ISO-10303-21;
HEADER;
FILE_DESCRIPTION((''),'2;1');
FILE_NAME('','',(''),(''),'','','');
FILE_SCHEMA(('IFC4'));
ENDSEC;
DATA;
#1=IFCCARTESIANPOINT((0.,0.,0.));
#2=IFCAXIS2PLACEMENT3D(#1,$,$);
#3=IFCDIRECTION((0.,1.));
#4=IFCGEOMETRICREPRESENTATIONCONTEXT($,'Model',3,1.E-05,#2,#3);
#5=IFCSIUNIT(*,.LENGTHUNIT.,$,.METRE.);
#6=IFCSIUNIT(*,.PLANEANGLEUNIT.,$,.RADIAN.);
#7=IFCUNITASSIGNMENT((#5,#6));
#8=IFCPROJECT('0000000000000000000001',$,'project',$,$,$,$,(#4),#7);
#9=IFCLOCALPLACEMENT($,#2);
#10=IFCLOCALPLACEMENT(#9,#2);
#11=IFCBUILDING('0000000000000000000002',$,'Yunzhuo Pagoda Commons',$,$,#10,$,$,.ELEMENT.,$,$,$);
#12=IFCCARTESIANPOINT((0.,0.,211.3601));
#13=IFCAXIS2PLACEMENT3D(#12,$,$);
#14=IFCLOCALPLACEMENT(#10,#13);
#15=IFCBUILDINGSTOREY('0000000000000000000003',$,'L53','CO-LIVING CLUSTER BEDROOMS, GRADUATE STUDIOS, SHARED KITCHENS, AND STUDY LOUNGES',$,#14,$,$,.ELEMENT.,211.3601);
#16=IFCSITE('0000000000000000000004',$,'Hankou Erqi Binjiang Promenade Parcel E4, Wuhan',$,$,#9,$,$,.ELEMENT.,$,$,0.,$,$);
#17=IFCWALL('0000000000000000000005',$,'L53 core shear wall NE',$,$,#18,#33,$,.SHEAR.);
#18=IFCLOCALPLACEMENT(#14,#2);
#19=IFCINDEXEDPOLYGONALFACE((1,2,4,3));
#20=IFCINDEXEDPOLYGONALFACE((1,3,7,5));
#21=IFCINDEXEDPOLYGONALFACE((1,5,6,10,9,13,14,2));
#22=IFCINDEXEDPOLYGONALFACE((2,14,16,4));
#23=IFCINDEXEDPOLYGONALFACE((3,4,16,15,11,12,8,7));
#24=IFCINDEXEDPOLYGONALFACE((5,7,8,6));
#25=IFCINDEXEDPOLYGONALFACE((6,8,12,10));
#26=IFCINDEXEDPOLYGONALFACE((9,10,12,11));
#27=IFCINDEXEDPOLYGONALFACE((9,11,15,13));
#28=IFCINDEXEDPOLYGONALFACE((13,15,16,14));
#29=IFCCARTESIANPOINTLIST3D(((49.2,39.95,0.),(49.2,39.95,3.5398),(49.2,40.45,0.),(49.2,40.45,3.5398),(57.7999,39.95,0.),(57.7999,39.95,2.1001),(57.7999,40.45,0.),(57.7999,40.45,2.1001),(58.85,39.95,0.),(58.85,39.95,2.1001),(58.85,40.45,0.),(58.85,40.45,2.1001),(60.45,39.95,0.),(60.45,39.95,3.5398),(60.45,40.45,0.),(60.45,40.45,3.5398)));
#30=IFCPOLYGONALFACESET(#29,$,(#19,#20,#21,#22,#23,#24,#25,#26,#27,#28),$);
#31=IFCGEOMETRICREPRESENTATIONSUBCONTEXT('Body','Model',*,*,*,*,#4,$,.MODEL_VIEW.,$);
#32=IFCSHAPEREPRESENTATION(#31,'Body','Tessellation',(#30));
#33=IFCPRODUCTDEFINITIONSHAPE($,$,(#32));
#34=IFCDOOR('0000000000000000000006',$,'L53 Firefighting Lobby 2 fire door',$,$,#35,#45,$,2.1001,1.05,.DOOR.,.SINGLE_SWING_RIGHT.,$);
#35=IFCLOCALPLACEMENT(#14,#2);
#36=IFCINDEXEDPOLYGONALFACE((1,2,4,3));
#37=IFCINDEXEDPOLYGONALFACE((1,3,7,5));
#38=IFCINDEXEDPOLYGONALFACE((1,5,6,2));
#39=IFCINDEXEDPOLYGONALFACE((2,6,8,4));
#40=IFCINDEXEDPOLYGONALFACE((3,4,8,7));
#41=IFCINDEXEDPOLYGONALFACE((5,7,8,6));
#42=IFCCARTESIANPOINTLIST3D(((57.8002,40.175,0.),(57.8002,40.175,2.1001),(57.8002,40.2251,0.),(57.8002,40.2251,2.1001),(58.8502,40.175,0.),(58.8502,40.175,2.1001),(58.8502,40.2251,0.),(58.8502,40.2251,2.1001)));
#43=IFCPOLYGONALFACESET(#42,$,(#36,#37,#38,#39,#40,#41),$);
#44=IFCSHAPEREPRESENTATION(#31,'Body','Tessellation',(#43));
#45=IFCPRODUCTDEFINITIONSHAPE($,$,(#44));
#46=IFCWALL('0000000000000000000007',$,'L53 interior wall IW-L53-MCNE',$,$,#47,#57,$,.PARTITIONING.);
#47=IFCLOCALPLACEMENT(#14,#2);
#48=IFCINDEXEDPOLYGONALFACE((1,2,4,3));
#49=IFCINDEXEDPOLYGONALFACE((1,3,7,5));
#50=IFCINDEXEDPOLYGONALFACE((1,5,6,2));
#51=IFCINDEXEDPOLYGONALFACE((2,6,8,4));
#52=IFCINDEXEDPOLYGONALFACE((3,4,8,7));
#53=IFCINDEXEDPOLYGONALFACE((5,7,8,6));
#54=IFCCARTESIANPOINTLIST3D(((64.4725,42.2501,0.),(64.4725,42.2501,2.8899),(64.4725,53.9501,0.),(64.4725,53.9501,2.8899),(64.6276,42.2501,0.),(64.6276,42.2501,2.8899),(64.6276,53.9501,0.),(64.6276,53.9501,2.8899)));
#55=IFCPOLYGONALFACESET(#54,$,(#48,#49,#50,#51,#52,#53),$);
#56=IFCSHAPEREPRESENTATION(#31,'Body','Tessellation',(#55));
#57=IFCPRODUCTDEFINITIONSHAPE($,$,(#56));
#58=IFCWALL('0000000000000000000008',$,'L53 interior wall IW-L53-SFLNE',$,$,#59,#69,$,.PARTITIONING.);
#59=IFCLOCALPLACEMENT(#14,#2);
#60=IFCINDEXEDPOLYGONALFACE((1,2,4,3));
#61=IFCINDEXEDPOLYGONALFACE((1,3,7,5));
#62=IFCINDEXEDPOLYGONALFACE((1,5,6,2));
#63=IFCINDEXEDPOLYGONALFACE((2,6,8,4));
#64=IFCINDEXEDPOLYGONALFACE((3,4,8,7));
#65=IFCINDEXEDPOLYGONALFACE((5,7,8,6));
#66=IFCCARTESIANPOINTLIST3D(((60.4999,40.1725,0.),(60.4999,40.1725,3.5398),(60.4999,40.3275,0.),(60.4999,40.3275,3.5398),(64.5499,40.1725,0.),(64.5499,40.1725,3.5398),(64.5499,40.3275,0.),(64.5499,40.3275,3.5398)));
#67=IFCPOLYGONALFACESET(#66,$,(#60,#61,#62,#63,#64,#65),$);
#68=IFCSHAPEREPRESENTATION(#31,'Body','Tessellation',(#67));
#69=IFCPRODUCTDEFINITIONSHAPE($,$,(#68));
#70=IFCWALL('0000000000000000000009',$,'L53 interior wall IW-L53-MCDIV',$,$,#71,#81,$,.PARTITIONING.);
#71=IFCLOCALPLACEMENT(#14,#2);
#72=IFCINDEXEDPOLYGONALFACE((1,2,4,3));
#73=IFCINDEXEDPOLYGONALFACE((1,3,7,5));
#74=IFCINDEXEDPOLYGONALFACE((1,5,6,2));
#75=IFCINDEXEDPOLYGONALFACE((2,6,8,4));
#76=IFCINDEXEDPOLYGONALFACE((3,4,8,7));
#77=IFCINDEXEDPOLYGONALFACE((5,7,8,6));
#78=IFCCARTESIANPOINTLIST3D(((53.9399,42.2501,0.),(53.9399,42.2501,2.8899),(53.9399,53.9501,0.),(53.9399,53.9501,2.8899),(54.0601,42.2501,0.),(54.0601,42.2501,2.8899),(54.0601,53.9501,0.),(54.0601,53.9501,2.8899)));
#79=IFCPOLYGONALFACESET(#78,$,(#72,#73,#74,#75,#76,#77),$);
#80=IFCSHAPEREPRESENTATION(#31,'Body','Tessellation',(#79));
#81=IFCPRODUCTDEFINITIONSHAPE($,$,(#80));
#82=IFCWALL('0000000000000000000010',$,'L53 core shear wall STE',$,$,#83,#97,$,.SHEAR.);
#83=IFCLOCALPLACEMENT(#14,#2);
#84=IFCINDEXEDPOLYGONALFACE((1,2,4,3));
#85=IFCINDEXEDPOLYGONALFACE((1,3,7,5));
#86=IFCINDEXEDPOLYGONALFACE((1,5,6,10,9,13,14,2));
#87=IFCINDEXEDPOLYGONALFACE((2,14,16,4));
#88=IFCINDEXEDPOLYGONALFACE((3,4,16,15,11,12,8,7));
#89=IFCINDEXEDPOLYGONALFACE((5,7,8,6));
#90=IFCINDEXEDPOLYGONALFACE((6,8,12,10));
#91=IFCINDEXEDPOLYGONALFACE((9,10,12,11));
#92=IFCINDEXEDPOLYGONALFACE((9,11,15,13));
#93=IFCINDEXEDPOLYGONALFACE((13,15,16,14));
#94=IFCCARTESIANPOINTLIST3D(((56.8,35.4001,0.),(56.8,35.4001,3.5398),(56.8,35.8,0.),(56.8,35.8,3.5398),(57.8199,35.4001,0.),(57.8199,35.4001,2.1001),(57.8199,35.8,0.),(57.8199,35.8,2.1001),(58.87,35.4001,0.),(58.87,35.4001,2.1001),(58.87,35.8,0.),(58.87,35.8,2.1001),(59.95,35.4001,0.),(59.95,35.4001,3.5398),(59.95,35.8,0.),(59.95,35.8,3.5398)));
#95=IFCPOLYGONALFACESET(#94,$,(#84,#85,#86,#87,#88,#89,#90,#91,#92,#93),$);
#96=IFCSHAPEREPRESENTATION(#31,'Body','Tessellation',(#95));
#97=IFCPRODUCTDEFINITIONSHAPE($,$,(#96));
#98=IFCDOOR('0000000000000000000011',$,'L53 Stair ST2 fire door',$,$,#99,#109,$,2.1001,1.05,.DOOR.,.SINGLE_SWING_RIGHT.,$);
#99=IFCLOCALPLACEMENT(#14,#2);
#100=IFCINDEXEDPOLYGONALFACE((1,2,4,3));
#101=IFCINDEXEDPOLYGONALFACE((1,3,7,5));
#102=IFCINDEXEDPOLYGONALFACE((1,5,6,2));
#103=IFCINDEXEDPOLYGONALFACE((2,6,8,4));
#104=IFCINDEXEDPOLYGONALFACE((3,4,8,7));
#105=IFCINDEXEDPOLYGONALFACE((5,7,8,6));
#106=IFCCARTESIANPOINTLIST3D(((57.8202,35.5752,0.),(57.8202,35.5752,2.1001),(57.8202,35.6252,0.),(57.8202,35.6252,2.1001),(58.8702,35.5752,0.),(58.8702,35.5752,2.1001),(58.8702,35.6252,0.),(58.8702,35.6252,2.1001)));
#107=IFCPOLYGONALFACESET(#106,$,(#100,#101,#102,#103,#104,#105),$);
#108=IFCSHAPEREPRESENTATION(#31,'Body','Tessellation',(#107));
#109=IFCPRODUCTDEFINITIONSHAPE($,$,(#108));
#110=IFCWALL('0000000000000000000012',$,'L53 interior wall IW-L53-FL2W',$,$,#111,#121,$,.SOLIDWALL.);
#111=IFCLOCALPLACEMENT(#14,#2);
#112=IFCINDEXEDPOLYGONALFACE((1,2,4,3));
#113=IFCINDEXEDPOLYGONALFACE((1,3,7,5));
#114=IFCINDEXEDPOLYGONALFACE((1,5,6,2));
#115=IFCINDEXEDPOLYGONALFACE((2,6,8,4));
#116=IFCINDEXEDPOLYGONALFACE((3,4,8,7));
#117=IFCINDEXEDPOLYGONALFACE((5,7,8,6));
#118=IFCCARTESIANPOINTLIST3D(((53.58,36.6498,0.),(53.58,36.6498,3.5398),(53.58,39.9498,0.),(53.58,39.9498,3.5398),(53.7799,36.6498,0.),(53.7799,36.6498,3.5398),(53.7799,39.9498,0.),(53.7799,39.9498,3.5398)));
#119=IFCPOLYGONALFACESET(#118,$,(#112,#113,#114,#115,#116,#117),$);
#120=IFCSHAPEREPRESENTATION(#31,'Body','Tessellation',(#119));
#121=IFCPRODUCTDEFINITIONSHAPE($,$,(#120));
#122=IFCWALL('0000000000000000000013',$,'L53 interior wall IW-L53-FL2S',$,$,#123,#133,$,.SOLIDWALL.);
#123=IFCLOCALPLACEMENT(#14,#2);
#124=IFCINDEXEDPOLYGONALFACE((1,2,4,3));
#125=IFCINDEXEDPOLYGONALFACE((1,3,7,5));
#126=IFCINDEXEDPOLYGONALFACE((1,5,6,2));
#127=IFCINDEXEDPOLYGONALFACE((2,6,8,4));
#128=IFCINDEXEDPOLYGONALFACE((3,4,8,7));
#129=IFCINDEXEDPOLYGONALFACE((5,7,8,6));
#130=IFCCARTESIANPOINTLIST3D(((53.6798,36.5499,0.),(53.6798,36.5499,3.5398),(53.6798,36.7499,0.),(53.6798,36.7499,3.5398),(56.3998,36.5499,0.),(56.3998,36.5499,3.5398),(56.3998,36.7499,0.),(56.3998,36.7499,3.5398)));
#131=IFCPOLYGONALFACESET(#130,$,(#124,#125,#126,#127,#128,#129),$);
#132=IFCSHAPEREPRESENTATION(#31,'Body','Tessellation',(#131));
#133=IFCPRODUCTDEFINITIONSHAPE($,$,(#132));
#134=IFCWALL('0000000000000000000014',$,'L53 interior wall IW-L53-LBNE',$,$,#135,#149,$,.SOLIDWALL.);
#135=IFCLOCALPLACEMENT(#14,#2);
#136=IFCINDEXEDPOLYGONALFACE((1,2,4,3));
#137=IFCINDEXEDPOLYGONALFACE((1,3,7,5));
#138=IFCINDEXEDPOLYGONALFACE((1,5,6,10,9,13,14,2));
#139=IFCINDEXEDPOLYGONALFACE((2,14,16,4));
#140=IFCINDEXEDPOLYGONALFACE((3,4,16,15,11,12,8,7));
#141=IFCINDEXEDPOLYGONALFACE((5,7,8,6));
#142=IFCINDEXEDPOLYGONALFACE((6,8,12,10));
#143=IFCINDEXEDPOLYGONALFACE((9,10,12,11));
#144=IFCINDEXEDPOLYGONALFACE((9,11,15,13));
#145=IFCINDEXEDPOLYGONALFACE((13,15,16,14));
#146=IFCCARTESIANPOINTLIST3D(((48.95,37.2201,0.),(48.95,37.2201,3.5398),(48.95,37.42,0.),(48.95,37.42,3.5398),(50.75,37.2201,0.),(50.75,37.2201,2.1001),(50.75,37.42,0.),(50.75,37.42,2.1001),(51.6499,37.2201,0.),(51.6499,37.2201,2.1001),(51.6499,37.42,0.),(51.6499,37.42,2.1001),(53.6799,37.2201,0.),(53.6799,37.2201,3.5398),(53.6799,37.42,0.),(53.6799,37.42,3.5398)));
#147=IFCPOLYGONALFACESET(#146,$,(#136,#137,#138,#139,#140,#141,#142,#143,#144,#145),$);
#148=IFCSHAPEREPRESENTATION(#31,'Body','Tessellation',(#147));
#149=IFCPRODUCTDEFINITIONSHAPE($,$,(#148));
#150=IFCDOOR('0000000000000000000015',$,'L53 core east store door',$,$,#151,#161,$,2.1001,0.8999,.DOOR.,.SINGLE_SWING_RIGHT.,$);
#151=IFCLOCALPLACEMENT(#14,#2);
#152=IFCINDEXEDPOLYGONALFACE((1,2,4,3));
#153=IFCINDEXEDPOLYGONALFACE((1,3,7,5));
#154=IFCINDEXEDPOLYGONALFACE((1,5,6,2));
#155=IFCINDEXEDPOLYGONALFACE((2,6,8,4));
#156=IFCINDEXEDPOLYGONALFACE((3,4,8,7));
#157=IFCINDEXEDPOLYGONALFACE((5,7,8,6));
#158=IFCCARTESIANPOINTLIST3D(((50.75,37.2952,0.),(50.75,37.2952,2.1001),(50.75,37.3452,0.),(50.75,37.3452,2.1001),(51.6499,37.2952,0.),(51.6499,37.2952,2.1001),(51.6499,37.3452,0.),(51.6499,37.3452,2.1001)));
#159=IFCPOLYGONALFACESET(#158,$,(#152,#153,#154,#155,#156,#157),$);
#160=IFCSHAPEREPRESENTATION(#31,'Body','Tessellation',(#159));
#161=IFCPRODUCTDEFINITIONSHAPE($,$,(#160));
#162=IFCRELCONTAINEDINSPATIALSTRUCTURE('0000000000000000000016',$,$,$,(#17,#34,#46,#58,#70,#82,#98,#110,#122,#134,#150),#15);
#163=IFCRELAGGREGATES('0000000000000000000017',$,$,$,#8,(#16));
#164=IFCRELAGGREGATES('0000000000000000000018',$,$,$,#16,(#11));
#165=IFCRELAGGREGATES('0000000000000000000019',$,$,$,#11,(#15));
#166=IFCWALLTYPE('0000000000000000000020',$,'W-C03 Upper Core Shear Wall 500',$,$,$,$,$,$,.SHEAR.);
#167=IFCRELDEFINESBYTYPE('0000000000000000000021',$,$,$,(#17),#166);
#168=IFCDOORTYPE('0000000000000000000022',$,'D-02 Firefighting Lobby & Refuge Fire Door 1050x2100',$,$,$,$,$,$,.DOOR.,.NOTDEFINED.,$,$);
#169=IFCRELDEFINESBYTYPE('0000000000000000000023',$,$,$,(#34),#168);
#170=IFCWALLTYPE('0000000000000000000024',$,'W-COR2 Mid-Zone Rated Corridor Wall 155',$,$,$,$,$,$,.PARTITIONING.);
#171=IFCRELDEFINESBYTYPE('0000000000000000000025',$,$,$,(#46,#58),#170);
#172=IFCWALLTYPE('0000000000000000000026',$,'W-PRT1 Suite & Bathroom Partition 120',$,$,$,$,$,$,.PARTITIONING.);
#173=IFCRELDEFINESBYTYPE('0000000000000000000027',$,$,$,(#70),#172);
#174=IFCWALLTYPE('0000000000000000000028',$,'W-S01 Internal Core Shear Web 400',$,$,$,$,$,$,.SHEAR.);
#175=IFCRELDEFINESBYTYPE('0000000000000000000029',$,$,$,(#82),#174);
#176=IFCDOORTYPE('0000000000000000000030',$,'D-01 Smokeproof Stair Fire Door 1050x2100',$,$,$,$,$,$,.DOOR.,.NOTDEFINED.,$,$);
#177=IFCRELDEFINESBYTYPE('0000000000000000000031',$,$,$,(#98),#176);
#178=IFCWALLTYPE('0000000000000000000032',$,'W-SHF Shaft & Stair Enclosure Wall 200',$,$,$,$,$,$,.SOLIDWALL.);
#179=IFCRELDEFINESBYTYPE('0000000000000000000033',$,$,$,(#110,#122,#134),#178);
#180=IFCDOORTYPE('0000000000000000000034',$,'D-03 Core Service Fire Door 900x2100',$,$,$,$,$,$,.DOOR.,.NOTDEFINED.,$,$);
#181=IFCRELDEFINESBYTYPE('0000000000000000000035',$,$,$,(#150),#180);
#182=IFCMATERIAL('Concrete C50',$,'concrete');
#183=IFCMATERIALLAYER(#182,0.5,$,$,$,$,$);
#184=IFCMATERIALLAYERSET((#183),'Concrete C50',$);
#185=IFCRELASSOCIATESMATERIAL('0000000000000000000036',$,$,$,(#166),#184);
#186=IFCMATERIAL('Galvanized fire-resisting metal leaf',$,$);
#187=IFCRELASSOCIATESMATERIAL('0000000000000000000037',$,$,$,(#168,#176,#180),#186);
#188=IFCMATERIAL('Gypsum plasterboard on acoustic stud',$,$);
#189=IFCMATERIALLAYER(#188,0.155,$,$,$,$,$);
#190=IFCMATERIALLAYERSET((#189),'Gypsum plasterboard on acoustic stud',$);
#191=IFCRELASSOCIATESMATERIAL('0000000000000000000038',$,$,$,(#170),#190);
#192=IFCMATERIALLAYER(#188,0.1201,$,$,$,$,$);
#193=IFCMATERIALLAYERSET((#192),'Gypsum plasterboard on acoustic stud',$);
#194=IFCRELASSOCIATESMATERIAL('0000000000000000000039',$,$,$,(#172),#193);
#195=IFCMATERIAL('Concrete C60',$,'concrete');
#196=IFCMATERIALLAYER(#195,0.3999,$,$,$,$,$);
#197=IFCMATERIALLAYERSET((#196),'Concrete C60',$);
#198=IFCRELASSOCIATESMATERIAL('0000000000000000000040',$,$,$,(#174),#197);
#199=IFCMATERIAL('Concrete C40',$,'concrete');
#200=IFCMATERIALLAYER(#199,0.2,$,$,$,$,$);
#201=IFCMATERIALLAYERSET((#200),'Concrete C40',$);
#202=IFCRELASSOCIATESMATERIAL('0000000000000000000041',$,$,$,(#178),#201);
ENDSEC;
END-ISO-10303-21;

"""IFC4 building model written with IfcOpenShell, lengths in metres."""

from ifc_helpers import new_model, si_unit, direction, frame, frame_2d, origin, place, context, subcontext, project, spatial, rectangle, extrude, source, transform, mapped, material, layer, layer_set, type_object, element, fill, save


model = new_model("IFC4")

# Units and contexts
model_context = context("Model", 3, precision=1e-05, world=origin(), true_north=direction((0.0, 1.0)))
body_context = subcontext(model_context, "Body", "Model", "MODEL_VIEW")
ifc_project = project(units=[si_unit("LENGTHUNIT", "METRE"), si_unit("PLANEANGLEUNIT", "RADIAN")], contexts=[model_context])

# Site, building, storey
site_placement = place(None, origin())
site = spatial("IfcSite", under=ifc_project, at=site_placement, Name="Hankou Erqi Binjiang Promenade Parcel E4, Wuhan", CompositionType="ELEMENT", RefElevation=0.0)
building_placement = place(site_placement, origin())
building = spatial("IfcBuilding", under=site, at=building_placement, Name="Yunzhuo Pagoda Commons", CompositionType="ELEMENT")
storey_placement = place(building_placement, frame((0.0, 0.0, 211.3601)))
storey = spatial("IfcBuildingStorey", under=building, at=storey_placement, Name="L53", Description="CO-LIVING CLUSTER BEDROOMS, GRADUATE STUDIOS, SHARED KITCHENS, AND STUDY LOUNGES", CompositionType="ELEMENT", Elevation=211.3601)

# Wall, opening, door
ifc_material_1 = material(Name="Concrete C50", Category="concrete")
ifc_layer_1 = layer(ifc_material_1, 0.5)
ifc_layer_set_1 = layer_set([ifc_layer_1], Name="Concrete C50")
wall_type_1 = type_object("IfcWallType", Name="W-C03 Upper Core Shear Wall 500", PredefinedType="SHEAR", material=ifc_layer_set_1)
wall_1_placement = place(storey_placement, frame((49.2, 40.2, 0.0), z_axis=(0.0, 0.0, 1.0), x_axis=(1.0, 0.0, 0.0)))
wall_1 = element("IfcWall", 1, at=wall_1_placement, inside=storey, type_object=wall_type_1, Name="L53 core shear wall NE", PredefinedType="SHEAR", context=body_context, shape_type="SweptSolid", body=[
    extrude(rectangle(XDim=11.25, YDim=0.5, at=frame_2d((5.625, 0.0))), origin(), (0.0, 0.0, 1.0), 3.5398),
])
opening_1_placement = place(wall_1_placement, frame((8.6001, 0.0, 0.0)))
opening_1 = element("IfcOpeningElement", 2, at=opening_1_placement, cuts=wall_1, PredefinedType="OPENING", context=body_context, shape_type="SweptSolid", body=[
    extrude(rectangle(XDim=1.05, YDim=2.1001, at=frame_2d((0.5249, 1.05))), frame((0.0, 0.26, 0.0), z_axis=(0.0, -1.0, 0.0), x_axis=(1.0, 0.0, 0.0)), (0.0, 0.0, 1.0), 0.52),
])
ifc_material_2 = material(Name="Galvanized fire-resisting metal leaf")
door_type_1 = type_object("IfcDoorType", Name="D-02 Firefighting Lobby & Refuge Fire Door 1050x2100", OperationType="NOTDEFINED", PredefinedType="DOOR", material=ifc_material_2)
shared_shape_1 = source(origin(), body_context, "Body", "SweptSolid", [
    extrude(rectangle(XDim=1.05, YDim=2.1001, at=frame_2d((0.5249, 1.05))), frame((0.0, 0.0249, 0.0), z_axis=(0.0, -1.0, 0.0), x_axis=(1.0, 0.0, 0.0)), (0.0, 0.0, 1.0), 0.05),
])
door_1_placement = place(opening_1_placement, frame((1.05, 0.0, 0.0), z_axis=(0.0, 0.0, 1.0), x_axis=(-1.0, 0.0, 0.0)))
door_1 = element("IfcDoor", 3, at=door_1_placement, inside=storey, type_object=door_type_1, Name="L53 Firefighting Lobby 2 fire door", OperationType="SINGLE_SWING_RIGHT", OverallHeight=2.1001, OverallWidth=1.05, PredefinedType="DOOR", context=body_context, shape_type="MappedRepresentation", body=[
    mapped(shared_shape_1, transform((0.0, 0.0, 0.0), scale=1.0)),
])
fill(opening_1, door_1)

# Walls
ifc_material_3 = material(Name="Gypsum plasterboard on acoustic stud")
ifc_layer_2 = layer(ifc_material_3, 0.155)
ifc_layer_set_2 = layer_set([ifc_layer_2], Name="Gypsum plasterboard on acoustic stud")
wall_type_2 = type_object("IfcWallType", Name="W-COR2 Mid-Zone Rated Corridor Wall 155", PredefinedType="PARTITIONING", material=ifc_layer_set_2)
wall_2_placement = place(storey_placement, frame((64.55, 42.25, 0.0), z_axis=(0.0, 0.0, 1.0), x_axis=(0.0, 1.0, 0.0)))
element("IfcWall", 4, at=wall_2_placement, inside=storey, type_object=wall_type_2, Name="L53 interior wall IW-L53-MCNE", PredefinedType="PARTITIONING", context=body_context, shape_type="SweptSolid", body=[
    extrude(rectangle(XDim=11.7, YDim=0.155, at=frame_2d((5.8501, 0.0))), origin(), (0.0, 0.0, 1.0), 2.8899),
])
wall_3_placement = place(storey_placement, frame((60.5, 40.25, 0.0), z_axis=(0.0, 0.0, 1.0), x_axis=(1.0, 0.0, 0.0)))
element("IfcWall", 5, at=wall_3_placement, inside=storey, type_object=wall_type_2, Name="L53 interior wall IW-L53-SFLNE", PredefinedType="PARTITIONING", context=body_context, shape_type="SweptSolid", body=[
    extrude(rectangle(XDim=4.05, YDim=0.155, at=frame_2d((2.0249, 0.0))), origin(), (0.0, 0.0, 1.0), 3.5398),
])
ifc_layer_3 = layer(ifc_material_3, 0.1201)
ifc_layer_set_3 = layer_set([ifc_layer_3], Name="Gypsum plasterboard on acoustic stud")
wall_type_3 = type_object("IfcWallType", Name="W-PRT1 Suite & Bathroom Partition 120", PredefinedType="PARTITIONING", material=ifc_layer_set_3)
wall_4_placement = place(storey_placement, frame((54.0, 42.25, 0.0), z_axis=(0.0, 0.0, 1.0), x_axis=(0.0, 1.0, 0.0)))
element("IfcWall", 6, at=wall_4_placement, inside=storey, type_object=wall_type_3, Name="L53 interior wall IW-L53-MCDIV", PredefinedType="PARTITIONING", context=body_context, shape_type="SweptSolid", body=[
    extrude(rectangle(XDim=11.7, YDim=0.1201, at=frame_2d((5.8501, 0.0))), origin(), (0.0, 0.0, 1.0), 2.8899),
])

# Wall, opening, door
ifc_material_4 = material(Name="Concrete C60", Category="concrete")
ifc_layer_4 = layer(ifc_material_4, 0.3999)
ifc_layer_set_4 = layer_set([ifc_layer_4], Name="Concrete C60")
wall_type_4 = type_object("IfcWallType", Name="W-S01 Internal Core Shear Web 400", PredefinedType="SHEAR", material=ifc_layer_set_4)
wall_5_placement = place(storey_placement, frame((56.8, 35.6001, 0.0), z_axis=(0.0, 0.0, 1.0), x_axis=(1.0, 0.0, 0.0)))
wall_5 = element("IfcWall", 7, at=wall_5_placement, inside=storey, type_object=wall_type_4, Name="L53 core shear wall STE", PredefinedType="SHEAR", context=body_context, shape_type="SweptSolid", body=[
    extrude(rectangle(XDim=3.1499, YDim=0.3999, at=frame_2d((1.575, 0.0))), origin(), (0.0, 0.0, 1.0), 3.5398),
])
opening_2_placement = place(wall_5_placement, frame((1.02, 0.0, 0.0)))
opening_2 = element("IfcOpeningElement", 8, at=opening_2_placement, cuts=wall_5, PredefinedType="OPENING", context=body_context, shape_type="SweptSolid", body=[
    extrude(rectangle(XDim=1.05, YDim=2.1001, at=frame_2d((0.5249, 1.05))), frame((0.0, 0.21, 0.0), z_axis=(0.0, -1.0, 0.0), x_axis=(1.0, 0.0, 0.0)), (0.0, 0.0, 1.0), 0.4199),
])
door_type_2 = type_object("IfcDoorType", Name="D-01 Smokeproof Stair Fire Door 1050x2100", OperationType="NOTDEFINED", PredefinedType="DOOR", material=ifc_material_2)
door_2_placement = place(opening_2_placement, frame((1.05, 0.0, 0.0), z_axis=(0.0, 0.0, 1.0), x_axis=(-1.0, 0.0, 0.0)))
door_2 = element("IfcDoor", 9, at=door_2_placement, inside=storey, type_object=door_type_2, Name="L53 Stair ST2 fire door", OperationType="SINGLE_SWING_RIGHT", OverallHeight=2.1001, OverallWidth=1.05, PredefinedType="DOOR", context=body_context, shape_type="MappedRepresentation", body=[
    mapped(shared_shape_1, transform((0.0, 0.0, 0.0), scale=1.0)),
])
fill(opening_2, door_2)

# Walls
ifc_material_5 = material(Name="Concrete C40", Category="concrete")
ifc_layer_5 = layer(ifc_material_5, 0.2)
ifc_layer_set_5 = layer_set([ifc_layer_5], Name="Concrete C40")
wall_type_5 = type_object("IfcWallType", Name="W-SHF Shaft & Stair Enclosure Wall 200", PredefinedType="SOLIDWALL", material=ifc_layer_set_5)
wall_6_placement = place(storey_placement, frame((53.6799, 36.6499, 0.0), z_axis=(0.0, 0.0, 1.0), x_axis=(0.0, 1.0, 0.0)))
element("IfcWall", 10, at=wall_6_placement, inside=storey, type_object=wall_type_5, Name="L53 interior wall IW-L53-FL2W", PredefinedType="SOLIDWALL", context=body_context, shape_type="SweptSolid", body=[
    extrude(rectangle(XDim=3.3, YDim=0.2, at=frame_2d((1.6499, 0.0))), origin(), (0.0, 0.0, 1.0), 3.5398),
])
wall_7_placement = place(storey_placement, frame((53.6799, 36.6499, 0.0), z_axis=(0.0, 0.0, 1.0), x_axis=(1.0, 0.0, 0.0)))
element("IfcWall", 11, at=wall_7_placement, inside=storey, type_object=wall_type_5, Name="L53 interior wall IW-L53-FL2S", PredefinedType="SOLIDWALL", context=body_context, shape_type="SweptSolid", body=[
    extrude(rectangle(XDim=2.72, YDim=0.2, at=frame_2d((1.3599, 0.0))), origin(), (0.0, 0.0, 1.0), 3.5398),
])

# Wall, opening, door
wall_8_placement = place(storey_placement, frame((48.95, 37.3201, 0.0), z_axis=(0.0, 0.0, 1.0), x_axis=(1.0, 0.0, 0.0)))
wall_8 = element("IfcWall", 12, at=wall_8_placement, inside=storey, type_object=wall_type_5, Name="L53 interior wall IW-L53-LBNE", PredefinedType="SOLIDWALL", context=body_context, shape_type="SweptSolid", body=[
    extrude(rectangle(XDim=4.73, YDim=0.2, at=frame_2d((2.365, 0.0))), origin(), (0.0, 0.0, 1.0), 3.5398),
])
opening_3_placement = place(wall_8_placement, frame((1.8, 0.0, 0.0)))
opening_3 = element("IfcOpeningElement", 13, at=opening_3_placement, cuts=wall_8, PredefinedType="OPENING", context=body_context, shape_type="SweptSolid", body=[
    extrude(rectangle(XDim=0.8999, YDim=2.1001, at=frame_2d((0.45, 1.05))), frame((0.0, 0.1099, 0.0), z_axis=(0.0, -1.0, 0.0), x_axis=(1.0, 0.0, 0.0)), (0.0, 0.0, 1.0), 0.22),
])
door_type_3 = type_object("IfcDoorType", Name="D-03 Core Service Fire Door 900x2100", OperationType="NOTDEFINED", PredefinedType="DOOR", material=ifc_material_2)
shared_shape_2 = source(origin(), body_context, "Body", "SweptSolid", [
    extrude(rectangle(XDim=0.8999, YDim=2.1001, at=frame_2d((0.45, 1.05))), frame((0.0, 0.0249, 0.0), z_axis=(0.0, -1.0, 0.0), x_axis=(1.0, 0.0, 0.0)), (0.0, 0.0, 1.0), 0.05),
])
door_3_placement = place(opening_3_placement, frame((0.8999, 0.0, 0.0), z_axis=(0.0, 0.0, 1.0), x_axis=(-1.0, 0.0, 0.0)))
door_3 = element("IfcDoor", 14, at=door_3_placement, inside=storey, type_object=door_type_3, Name="L53 core east store door", OperationType="SINGLE_SWING_RIGHT", OverallHeight=2.1001, OverallWidth=0.8999, PredefinedType="DOOR", context=body_context, shape_type="MappedRepresentation", body=[
    mapped(shared_shape_2, transform((0.0, 0.0, 0.0), scale=1.0)),
])
fill(opening_3, door_3)

save(model, "model.ifc")
